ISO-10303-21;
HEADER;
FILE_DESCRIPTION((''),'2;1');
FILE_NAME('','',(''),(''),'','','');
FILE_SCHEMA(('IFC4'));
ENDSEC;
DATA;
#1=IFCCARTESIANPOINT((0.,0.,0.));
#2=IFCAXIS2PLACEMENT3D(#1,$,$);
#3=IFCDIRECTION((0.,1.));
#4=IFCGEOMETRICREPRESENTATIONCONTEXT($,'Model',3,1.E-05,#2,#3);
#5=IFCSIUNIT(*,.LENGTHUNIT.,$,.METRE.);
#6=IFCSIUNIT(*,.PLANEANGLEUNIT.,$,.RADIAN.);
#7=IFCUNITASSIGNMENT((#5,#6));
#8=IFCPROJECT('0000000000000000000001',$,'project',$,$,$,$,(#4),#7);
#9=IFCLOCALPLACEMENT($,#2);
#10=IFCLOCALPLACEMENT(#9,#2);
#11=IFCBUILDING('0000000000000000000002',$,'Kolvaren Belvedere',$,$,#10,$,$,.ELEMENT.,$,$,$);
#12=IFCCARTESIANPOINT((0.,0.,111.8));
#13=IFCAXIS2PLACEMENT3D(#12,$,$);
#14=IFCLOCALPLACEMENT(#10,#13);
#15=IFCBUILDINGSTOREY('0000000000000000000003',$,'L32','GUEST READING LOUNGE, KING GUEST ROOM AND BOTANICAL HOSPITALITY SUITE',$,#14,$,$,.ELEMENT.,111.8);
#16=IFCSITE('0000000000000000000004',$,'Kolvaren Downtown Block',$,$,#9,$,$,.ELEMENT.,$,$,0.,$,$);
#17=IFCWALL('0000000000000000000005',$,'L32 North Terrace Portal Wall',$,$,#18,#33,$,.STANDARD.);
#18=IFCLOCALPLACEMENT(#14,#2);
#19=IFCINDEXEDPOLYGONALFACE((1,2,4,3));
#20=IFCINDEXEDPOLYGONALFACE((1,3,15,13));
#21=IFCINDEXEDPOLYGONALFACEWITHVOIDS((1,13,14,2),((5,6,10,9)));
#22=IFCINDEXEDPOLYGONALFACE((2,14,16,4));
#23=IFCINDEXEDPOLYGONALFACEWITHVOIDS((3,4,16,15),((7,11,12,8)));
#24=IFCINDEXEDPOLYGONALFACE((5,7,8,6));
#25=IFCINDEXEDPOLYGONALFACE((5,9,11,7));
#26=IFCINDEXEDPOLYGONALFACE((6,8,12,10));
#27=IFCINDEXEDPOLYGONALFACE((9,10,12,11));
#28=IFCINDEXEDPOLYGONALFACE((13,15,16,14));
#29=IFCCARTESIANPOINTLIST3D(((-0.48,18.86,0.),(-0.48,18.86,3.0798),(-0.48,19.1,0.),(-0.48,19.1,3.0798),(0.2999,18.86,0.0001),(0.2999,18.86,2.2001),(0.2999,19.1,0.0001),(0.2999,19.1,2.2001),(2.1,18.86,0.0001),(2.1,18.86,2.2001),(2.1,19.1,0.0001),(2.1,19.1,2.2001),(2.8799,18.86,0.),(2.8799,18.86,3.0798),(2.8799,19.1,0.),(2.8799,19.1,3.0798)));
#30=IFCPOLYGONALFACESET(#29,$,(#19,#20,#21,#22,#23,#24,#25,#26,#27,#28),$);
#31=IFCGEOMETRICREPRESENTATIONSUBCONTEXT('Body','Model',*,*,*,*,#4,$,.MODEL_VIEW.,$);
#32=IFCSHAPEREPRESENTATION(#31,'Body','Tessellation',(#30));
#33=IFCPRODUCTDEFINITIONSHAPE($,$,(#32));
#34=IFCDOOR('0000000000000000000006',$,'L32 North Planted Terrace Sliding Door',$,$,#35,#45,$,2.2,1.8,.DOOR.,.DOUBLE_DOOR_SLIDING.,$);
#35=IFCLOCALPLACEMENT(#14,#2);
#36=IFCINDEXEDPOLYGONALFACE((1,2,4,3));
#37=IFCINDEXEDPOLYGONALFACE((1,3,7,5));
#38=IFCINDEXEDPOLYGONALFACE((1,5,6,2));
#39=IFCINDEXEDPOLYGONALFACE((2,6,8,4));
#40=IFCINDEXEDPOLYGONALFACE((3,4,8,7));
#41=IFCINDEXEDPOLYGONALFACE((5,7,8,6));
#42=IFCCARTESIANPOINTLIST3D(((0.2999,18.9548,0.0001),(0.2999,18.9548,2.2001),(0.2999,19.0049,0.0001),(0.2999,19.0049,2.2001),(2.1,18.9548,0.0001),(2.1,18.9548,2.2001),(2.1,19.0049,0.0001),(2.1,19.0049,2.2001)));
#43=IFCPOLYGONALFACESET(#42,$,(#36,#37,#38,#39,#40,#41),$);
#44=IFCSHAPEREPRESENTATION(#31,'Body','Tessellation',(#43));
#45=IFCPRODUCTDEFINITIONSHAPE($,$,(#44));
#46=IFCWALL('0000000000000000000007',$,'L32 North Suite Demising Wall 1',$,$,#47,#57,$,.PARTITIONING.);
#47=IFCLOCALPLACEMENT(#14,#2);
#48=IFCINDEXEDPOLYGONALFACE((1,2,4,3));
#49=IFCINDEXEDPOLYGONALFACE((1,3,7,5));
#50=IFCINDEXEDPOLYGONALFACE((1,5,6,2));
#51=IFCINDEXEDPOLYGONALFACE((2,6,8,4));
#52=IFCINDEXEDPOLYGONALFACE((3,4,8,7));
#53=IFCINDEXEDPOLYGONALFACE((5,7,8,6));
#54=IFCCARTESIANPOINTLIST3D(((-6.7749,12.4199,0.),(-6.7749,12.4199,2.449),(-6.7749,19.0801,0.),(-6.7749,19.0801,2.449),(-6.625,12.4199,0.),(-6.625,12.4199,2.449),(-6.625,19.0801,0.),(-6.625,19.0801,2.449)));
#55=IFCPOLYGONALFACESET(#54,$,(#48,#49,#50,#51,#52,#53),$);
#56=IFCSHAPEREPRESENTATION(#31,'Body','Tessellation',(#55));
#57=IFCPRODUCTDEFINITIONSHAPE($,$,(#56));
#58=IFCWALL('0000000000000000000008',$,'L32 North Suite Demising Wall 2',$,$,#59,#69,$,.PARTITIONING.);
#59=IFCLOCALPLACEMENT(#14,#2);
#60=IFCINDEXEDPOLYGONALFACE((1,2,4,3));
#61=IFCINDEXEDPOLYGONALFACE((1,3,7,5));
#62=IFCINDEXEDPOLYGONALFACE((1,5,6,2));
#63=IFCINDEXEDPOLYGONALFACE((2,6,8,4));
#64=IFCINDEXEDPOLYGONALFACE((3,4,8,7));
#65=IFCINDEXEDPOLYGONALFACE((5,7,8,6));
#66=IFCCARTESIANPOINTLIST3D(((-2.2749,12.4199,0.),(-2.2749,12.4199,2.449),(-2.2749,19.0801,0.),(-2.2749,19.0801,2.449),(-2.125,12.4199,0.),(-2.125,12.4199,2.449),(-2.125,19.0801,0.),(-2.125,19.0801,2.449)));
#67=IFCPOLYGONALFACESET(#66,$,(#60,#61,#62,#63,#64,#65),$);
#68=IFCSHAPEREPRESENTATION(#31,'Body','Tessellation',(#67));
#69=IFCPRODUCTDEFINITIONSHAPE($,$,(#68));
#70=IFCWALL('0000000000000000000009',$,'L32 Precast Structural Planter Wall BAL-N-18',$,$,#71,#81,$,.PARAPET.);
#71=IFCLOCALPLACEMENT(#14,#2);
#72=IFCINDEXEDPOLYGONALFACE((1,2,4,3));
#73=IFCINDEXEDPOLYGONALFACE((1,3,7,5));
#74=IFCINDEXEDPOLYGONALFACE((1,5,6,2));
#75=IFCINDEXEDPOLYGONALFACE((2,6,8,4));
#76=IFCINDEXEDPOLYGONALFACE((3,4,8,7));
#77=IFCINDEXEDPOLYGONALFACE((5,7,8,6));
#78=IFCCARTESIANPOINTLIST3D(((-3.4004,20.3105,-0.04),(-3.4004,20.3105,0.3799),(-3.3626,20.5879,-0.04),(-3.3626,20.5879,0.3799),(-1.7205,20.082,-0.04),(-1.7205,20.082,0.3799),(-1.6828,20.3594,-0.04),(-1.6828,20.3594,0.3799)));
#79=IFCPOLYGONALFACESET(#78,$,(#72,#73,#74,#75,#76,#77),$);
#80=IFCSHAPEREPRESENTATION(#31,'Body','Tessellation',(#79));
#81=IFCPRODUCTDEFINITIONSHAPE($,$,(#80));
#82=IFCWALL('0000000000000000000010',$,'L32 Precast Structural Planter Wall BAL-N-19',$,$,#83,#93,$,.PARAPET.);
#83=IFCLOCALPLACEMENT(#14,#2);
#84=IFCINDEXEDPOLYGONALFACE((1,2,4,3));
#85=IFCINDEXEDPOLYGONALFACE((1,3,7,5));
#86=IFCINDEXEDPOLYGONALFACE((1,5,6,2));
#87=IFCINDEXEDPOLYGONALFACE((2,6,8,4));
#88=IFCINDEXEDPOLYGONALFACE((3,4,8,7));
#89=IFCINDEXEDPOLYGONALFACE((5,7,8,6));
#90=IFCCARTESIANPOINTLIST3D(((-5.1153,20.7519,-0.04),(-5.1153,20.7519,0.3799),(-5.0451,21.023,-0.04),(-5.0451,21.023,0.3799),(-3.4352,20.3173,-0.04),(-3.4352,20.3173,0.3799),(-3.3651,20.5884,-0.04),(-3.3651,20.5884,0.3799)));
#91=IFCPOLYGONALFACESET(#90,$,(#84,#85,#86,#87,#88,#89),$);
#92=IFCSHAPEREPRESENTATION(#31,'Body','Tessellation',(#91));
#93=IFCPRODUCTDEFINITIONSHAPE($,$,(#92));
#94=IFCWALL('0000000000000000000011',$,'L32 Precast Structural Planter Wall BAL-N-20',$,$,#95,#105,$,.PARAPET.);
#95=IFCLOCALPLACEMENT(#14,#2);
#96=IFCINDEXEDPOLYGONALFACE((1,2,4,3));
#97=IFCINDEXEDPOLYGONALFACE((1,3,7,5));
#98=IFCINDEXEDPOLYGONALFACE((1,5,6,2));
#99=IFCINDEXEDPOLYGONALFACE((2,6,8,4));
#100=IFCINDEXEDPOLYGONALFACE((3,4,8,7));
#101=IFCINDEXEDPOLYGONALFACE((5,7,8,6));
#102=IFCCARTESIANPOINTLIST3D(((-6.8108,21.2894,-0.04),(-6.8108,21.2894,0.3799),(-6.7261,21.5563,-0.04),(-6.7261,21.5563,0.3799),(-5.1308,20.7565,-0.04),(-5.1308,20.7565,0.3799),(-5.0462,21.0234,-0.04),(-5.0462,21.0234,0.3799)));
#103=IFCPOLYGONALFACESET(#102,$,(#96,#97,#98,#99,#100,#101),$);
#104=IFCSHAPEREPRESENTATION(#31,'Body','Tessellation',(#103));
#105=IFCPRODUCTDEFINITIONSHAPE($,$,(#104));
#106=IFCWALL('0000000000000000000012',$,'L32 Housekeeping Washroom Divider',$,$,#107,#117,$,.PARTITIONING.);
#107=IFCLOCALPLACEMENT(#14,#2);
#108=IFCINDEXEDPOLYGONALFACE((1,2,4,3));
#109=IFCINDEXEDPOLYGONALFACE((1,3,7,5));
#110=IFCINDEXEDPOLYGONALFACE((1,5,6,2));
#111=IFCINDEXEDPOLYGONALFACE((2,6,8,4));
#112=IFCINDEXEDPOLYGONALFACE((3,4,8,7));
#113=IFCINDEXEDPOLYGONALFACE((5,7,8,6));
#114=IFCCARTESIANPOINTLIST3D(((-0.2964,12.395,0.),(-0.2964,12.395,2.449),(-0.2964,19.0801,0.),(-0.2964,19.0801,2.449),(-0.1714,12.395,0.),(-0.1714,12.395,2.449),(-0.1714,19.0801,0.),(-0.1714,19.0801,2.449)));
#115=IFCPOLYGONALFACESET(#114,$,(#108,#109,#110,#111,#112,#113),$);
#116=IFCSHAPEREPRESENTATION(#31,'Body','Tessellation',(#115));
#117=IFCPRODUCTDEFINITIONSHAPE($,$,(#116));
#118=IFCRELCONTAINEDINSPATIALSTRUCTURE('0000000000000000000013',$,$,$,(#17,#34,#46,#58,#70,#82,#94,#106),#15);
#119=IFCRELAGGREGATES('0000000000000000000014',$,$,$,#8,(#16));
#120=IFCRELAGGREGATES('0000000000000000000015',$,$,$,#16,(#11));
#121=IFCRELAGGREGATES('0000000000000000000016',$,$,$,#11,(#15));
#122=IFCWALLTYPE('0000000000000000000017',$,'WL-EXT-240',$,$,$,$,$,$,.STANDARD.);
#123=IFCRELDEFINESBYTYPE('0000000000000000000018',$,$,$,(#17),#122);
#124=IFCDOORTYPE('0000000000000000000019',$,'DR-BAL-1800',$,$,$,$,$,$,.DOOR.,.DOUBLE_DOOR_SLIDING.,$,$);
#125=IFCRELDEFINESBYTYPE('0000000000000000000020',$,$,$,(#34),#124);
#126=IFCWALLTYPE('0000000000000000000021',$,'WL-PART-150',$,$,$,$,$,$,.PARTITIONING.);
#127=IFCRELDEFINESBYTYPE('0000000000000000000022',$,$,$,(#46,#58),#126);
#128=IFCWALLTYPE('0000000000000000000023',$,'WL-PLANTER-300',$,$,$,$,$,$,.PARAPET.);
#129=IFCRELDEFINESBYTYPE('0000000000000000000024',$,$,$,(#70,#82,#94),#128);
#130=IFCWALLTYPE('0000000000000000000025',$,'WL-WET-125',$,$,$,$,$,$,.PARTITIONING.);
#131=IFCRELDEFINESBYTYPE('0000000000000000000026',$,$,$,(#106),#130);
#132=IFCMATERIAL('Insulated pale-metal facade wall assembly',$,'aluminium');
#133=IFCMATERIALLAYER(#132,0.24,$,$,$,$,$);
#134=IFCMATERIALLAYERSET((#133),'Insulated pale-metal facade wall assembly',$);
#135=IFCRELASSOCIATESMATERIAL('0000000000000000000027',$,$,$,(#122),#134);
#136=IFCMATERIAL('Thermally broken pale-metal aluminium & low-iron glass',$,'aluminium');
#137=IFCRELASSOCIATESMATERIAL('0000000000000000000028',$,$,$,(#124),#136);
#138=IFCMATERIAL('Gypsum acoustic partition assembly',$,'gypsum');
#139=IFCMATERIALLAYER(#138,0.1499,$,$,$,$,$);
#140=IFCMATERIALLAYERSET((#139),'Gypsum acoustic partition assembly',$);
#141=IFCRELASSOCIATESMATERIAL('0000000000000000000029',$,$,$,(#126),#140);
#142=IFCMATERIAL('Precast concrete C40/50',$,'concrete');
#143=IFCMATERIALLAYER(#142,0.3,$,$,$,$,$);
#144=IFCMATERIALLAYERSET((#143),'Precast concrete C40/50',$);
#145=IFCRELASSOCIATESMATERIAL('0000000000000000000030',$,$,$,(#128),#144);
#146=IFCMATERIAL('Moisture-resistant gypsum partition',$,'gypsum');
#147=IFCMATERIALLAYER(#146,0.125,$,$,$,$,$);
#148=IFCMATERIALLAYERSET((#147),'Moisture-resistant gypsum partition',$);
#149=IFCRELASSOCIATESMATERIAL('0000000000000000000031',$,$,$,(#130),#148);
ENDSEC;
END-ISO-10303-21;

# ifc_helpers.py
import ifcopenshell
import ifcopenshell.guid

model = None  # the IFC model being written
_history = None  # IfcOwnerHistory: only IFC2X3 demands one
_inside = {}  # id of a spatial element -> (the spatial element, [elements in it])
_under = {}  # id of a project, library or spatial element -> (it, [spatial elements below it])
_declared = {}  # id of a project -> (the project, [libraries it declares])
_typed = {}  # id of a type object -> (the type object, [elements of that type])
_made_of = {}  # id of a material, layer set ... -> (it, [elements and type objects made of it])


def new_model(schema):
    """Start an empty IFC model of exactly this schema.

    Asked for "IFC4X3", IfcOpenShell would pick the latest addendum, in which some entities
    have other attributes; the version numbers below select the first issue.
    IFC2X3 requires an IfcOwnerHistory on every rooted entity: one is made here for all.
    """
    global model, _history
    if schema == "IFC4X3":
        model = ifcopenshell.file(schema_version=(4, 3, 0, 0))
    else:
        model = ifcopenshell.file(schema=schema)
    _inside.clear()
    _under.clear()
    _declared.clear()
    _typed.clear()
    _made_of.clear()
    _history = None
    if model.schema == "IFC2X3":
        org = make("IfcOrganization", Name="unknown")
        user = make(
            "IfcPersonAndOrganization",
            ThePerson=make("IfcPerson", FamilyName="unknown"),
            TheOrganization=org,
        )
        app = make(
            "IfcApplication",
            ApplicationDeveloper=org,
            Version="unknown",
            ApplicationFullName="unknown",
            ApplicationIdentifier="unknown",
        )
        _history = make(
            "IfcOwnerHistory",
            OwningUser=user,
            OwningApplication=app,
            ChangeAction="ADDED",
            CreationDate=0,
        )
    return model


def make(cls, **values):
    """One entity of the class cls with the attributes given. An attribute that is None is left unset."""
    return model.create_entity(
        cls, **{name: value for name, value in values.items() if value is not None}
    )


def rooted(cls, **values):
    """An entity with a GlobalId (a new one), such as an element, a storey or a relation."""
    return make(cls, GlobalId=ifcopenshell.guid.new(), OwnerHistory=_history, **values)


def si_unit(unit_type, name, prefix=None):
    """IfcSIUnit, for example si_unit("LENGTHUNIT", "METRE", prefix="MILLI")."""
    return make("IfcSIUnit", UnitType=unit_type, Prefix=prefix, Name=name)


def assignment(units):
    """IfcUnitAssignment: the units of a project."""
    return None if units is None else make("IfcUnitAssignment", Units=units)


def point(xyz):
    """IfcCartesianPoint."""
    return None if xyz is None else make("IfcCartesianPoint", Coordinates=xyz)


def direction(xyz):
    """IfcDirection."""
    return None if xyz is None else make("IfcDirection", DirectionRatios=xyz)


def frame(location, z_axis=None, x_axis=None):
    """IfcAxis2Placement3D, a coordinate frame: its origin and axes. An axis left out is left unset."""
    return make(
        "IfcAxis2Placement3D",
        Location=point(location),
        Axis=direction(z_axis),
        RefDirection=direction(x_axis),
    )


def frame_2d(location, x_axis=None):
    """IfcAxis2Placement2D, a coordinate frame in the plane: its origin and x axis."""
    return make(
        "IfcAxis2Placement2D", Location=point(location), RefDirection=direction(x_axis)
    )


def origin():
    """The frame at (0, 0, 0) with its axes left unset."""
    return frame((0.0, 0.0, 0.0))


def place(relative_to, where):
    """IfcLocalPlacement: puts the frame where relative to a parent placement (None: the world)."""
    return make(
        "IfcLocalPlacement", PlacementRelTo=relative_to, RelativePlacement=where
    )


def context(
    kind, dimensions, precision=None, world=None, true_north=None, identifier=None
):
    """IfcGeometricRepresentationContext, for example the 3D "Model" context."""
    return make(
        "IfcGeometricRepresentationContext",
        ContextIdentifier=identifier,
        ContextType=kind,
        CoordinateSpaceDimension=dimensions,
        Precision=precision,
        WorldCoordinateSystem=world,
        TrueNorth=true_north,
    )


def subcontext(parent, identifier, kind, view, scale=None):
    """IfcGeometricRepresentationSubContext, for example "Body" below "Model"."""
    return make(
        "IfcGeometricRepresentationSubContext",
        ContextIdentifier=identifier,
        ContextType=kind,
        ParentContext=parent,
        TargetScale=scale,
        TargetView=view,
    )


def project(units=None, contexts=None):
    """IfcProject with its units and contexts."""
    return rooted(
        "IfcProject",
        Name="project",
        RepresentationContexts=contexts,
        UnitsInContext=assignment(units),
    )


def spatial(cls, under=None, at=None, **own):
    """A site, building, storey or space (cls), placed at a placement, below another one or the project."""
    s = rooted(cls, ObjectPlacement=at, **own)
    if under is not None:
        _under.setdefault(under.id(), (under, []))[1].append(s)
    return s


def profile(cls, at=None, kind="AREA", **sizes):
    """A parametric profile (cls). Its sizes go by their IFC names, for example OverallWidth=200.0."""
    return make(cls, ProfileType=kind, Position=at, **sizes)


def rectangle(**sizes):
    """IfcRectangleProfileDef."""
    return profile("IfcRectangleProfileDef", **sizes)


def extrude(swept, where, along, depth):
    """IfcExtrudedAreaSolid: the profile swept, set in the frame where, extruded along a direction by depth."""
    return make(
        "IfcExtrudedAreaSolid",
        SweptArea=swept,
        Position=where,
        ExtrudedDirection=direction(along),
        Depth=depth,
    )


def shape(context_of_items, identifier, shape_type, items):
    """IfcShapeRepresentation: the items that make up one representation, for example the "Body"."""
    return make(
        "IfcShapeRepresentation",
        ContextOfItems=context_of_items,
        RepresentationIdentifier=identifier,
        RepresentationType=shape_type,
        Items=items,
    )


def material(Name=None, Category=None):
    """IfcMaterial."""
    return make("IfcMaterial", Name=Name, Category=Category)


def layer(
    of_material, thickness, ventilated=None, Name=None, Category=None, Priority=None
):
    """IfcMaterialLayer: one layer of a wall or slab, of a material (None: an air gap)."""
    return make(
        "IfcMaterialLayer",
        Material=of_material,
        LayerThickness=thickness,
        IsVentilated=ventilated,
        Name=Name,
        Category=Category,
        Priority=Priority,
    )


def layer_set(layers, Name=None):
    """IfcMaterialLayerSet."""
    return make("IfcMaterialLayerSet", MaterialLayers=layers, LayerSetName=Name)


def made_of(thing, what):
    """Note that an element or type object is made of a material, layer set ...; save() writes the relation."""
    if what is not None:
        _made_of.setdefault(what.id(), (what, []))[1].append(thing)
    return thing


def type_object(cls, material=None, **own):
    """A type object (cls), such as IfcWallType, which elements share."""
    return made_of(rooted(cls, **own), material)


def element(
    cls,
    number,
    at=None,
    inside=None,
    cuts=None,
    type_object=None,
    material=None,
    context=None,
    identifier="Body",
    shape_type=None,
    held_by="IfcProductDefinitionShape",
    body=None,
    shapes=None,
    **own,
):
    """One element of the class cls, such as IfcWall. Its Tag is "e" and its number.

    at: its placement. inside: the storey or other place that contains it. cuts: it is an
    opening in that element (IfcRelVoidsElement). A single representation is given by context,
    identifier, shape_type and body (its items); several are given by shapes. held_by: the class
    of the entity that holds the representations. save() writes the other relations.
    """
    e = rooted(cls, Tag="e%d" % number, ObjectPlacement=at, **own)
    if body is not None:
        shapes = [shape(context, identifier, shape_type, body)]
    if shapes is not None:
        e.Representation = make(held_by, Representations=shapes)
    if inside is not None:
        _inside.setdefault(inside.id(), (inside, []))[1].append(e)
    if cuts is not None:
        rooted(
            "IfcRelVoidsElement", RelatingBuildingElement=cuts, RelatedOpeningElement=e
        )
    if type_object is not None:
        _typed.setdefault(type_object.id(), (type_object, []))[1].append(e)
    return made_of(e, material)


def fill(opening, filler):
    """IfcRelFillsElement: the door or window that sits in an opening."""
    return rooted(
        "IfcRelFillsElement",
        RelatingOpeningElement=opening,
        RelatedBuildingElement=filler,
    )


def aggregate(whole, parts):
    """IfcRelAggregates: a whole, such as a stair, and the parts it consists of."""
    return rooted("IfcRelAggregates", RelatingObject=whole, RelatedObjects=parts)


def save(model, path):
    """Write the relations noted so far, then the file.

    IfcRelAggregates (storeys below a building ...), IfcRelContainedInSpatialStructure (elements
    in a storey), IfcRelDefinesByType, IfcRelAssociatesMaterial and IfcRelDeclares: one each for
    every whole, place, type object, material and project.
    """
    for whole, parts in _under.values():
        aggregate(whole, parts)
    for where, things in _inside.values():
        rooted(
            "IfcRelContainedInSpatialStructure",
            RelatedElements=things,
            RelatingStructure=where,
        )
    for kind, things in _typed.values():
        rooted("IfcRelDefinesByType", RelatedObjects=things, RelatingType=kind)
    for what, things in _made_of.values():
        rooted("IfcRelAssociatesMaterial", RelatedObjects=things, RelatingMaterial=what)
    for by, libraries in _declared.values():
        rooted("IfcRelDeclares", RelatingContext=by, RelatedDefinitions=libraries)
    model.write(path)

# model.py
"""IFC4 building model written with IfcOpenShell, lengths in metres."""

from ifc_helpers import new_model, si_unit, direction, frame, frame_2d, origin, place, context, subcontext, project, spatial, rectangle, extrude, material, layer, layer_set, type_object, element, fill, save


model = new_model("IFC4")

# Units and contexts
model_context = context("Model", 3, precision=1e-05, world=origin(), true_north=direction((0.0, 1.0)))
body_context = subcontext(model_context, "Body", "Model", "MODEL_VIEW")
ifc_project = project(units=[si_unit("LENGTHUNIT", "METRE"), si_unit("PLANEANGLEUNIT", "RADIAN")], contexts=[model_context])

# Site, building, storey
site_placement = place(None, origin())
site = spatial("IfcSite", under=ifc_project, at=site_placement, Name="Kolvaren Downtown Block", CompositionType="ELEMENT", RefElevation=0.0)
building_placement = place(site_placement, origin())
building = spatial("IfcBuilding", under=site, at=building_placement, Name="Kolvaren Belvedere", CompositionType="ELEMENT")
storey_placement = place(building_placement, frame((0.0, 0.0, 111.8)))
storey = spatial("IfcBuildingStorey", under=building, at=storey_placement, Name="L32", Description="GUEST READING LOUNGE, KING GUEST ROOM AND BOTANICAL HOSPITALITY SUITE", CompositionType="ELEMENT", Elevation=111.8)

# Wall, opening, door
ifc_material_1 = material(Name="Insulated pale-metal facade wall assembly", Category="aluminium")
ifc_layer_1 = layer(ifc_material_1, 0.24)
ifc_layer_set_1 = layer_set([ifc_layer_1], Name="Insulated pale-metal facade wall assembly")
wall_type_1 = type_object("IfcWallType", Name="WL-EXT-240", PredefinedType="STANDARD", material=ifc_layer_set_1)
wall_1_placement = place(storey_placement, frame((-0.48, 18.98, 0.0), z_axis=(0.0, 0.0, 1.0), x_axis=(1.0, 0.0, 0.0)))
wall_1 = element("IfcWall", 1, at=wall_1_placement, inside=storey, type_object=wall_type_1, Name="L32 North Terrace Portal Wall", PredefinedType="STANDARD", context=body_context, shape_type="SweptSolid", body=[
    extrude(rectangle(XDim=3.3599, YDim=0.24, at=frame_2d((1.6799, 0.0))), origin(), (0.0, 0.0, 1.0), 3.0798),
])
opening_placement = place(wall_1_placement, frame((0.78, 0.0, 0.0)))
opening = element("IfcOpeningElement", 2, at=opening_placement, cuts=wall_1, PredefinedType="OPENING", context=body_context, shape_type="SweptSolid", body=[
    extrude(rectangle(XDim=1.8, YDim=2.2, at=frame_2d((0.8999, 1.1001))), frame((0.0, 0.1299, 0.0), z_axis=(0.0, -1.0, 0.0), x_axis=(1.0, 0.0, 0.0)), (0.0, 0.0, 1.0), 0.26),
])
ifc_material_2 = material(Name="Thermally broken pale-metal aluminium & low-iron glass", Category="aluminium")
door_type = type_object("IfcDoorType", Name="DR-BAL-1800", OperationType="DOUBLE_DOOR_SLIDING", PredefinedType="DOOR", material=ifc_material_2)
door_placement = place(opening_placement, origin())
door = element("IfcDoor", 3, at=door_placement, inside=storey, type_object=door_type, Name="L32 North Planted Terrace Sliding Door", OperationType="DOUBLE_DOOR_SLIDING", OverallHeight=2.2, OverallWidth=1.8, PredefinedType="DOOR", context=body_context, shape_type="SweptSolid", body=[
    extrude(rectangle(XDim=1.8, YDim=2.2, at=frame_2d((0.8999, 1.1001))), frame((0.0, 0.0249, 0.0), z_axis=(0.0, -1.0, 0.0), x_axis=(1.0, 0.0, 0.0)), (0.0, 0.0, 1.0), 0.05),
])
fill(opening, door)

# Walls
ifc_material_3 = material(Name="Gypsum acoustic partition assembly", Category="gypsum")
ifc_layer_2 = layer(ifc_material_3, 0.1499)
ifc_layer_set_2 = layer_set([ifc_layer_2], Name="Gypsum acoustic partition assembly")
wall_type_2 = type_object("IfcWallType", Name="WL-PART-150", PredefinedType="PARTITIONING", material=ifc_layer_set_2)
for number, where, z_axis, x_axis, name in (
    (4, (-6.7, 12.4199, 0.0), (0.0, 0.0, 1.0), (0.0, 1.0, 0.0), "L32 North Suite Demising Wall 1"),
    (5, (-2.2, 12.4199, 0.0), (0.0, 0.0, 1.0), (0.0, 1.0, 0.0), "L32 North Suite Demising Wall 2"),
):
    element("IfcWall", number, at=place(storey_placement, frame(where, z_axis=z_axis, x_axis=x_axis)), inside=storey, type_object=wall_type_2, Name=name, PredefinedType="PARTITIONING", context=body_context, shape_type="SweptSolid", body=[
        extrude(rectangle(XDim=6.6602, YDim=0.1499, at=frame_2d((3.3301, 0.0))), origin(), (0.0, 0.0, 1.0), 2.449),
    ])
ifc_material_4 = material(Name="Precast concrete C40/50", Category="concrete")
ifc_layer_3 = layer(ifc_material_4, 0.3)
ifc_layer_set_3 = layer_set([ifc_layer_3], Name="Precast concrete C40/50")
wall_type_3 = type_object("IfcWallType", Name="WL-PLANTER-300", PredefinedType="PARAPET", material=ifc_layer_set_3)
wall_2_placement = place(storey_placement, frame((-1.7017, 20.2207, -0.04), z_axis=(0.0, 0.0, 1.0), x_axis=(-0.990875, 0.134785, 0.0)))
element("IfcWall", 6, at=wall_2_placement, inside=storey, type_object=wall_type_3, Name="L32 Precast Structural Planter Wall BAL-N-18", PredefinedType="PARAPET", context=body_context, shape_type="SweptSolid", body=[
    extrude(rectangle(XDim=1.6953, YDim=0.28, at=frame_2d((0.8477, 0.0))), origin(), (0.0, 0.0, 1.0), 0.4199),
])
wall_3_placement = place(storey_placement, frame((-3.4001, 20.4529, -0.04), z_axis=(0.0, 0.0, 1.0), x_axis=(-0.968132, 0.25044, 0.0)))
element("IfcWall", 7, at=wall_3_placement, inside=storey, type_object=wall_type_3, Name="L32 Precast Structural Planter Wall BAL-N-19", PredefinedType="PARAPET", context=body_context, shape_type="SweptSolid", body=[
    extrude(rectangle(XDim=1.7354, YDim=0.28, at=frame_2d((0.8677, 0.0))), origin(), (0.0, 0.0, 1.0), 0.4199),
])
wall_4_placement = place(storey_placement, frame((-5.0884, 20.8899, -0.04), z_axis=(0.0, 0.0, 1.0), x_axis=(-0.953182, 0.302397, 0.0)))
element("IfcWall", 8, at=wall_4_placement, inside=storey, type_object=wall_type_3, Name="L32 Precast Structural Planter Wall BAL-N-20", PredefinedType="PARAPET", context=body_context, shape_type="SweptSolid", body=[
    extrude(rectangle(XDim=1.7625, YDim=0.28, at=frame_2d((0.8813, 0.0))), origin(), (0.0, 0.0, 1.0), 0.4199),
])
ifc_material_5 = material(Name="Moisture-resistant gypsum partition", Category="gypsum")
ifc_layer_4 = layer(ifc_material_5, 0.125)
ifc_layer_set_4 = layer_set([ifc_layer_4], Name="Moisture-resistant gypsum partition")
wall_type_4 = type_object("IfcWallType", Name="WL-WET-125", PredefinedType="PARTITIONING", material=ifc_layer_set_4)
wall_5_placement = place(storey_placement, frame((-0.2339, 12.395, 0.0), z_axis=(0.0, 0.0, 1.0), x_axis=(0.0, 1.0, 0.0)))
element("IfcWall", 9, at=wall_5_placement, inside=storey, type_object=wall_type_4, Name="L32 Housekeeping Washroom Divider", PredefinedType="PARTITIONING", context=body_context, shape_type="SweptSolid", body=[
    extrude(rectangle(XDim=6.6851, YDim=0.125, at=frame_2d((3.3425, 0.0))), origin(), (0.0, 0.0, 1.0), 2.449),
])

save(model, "model.ifc")
